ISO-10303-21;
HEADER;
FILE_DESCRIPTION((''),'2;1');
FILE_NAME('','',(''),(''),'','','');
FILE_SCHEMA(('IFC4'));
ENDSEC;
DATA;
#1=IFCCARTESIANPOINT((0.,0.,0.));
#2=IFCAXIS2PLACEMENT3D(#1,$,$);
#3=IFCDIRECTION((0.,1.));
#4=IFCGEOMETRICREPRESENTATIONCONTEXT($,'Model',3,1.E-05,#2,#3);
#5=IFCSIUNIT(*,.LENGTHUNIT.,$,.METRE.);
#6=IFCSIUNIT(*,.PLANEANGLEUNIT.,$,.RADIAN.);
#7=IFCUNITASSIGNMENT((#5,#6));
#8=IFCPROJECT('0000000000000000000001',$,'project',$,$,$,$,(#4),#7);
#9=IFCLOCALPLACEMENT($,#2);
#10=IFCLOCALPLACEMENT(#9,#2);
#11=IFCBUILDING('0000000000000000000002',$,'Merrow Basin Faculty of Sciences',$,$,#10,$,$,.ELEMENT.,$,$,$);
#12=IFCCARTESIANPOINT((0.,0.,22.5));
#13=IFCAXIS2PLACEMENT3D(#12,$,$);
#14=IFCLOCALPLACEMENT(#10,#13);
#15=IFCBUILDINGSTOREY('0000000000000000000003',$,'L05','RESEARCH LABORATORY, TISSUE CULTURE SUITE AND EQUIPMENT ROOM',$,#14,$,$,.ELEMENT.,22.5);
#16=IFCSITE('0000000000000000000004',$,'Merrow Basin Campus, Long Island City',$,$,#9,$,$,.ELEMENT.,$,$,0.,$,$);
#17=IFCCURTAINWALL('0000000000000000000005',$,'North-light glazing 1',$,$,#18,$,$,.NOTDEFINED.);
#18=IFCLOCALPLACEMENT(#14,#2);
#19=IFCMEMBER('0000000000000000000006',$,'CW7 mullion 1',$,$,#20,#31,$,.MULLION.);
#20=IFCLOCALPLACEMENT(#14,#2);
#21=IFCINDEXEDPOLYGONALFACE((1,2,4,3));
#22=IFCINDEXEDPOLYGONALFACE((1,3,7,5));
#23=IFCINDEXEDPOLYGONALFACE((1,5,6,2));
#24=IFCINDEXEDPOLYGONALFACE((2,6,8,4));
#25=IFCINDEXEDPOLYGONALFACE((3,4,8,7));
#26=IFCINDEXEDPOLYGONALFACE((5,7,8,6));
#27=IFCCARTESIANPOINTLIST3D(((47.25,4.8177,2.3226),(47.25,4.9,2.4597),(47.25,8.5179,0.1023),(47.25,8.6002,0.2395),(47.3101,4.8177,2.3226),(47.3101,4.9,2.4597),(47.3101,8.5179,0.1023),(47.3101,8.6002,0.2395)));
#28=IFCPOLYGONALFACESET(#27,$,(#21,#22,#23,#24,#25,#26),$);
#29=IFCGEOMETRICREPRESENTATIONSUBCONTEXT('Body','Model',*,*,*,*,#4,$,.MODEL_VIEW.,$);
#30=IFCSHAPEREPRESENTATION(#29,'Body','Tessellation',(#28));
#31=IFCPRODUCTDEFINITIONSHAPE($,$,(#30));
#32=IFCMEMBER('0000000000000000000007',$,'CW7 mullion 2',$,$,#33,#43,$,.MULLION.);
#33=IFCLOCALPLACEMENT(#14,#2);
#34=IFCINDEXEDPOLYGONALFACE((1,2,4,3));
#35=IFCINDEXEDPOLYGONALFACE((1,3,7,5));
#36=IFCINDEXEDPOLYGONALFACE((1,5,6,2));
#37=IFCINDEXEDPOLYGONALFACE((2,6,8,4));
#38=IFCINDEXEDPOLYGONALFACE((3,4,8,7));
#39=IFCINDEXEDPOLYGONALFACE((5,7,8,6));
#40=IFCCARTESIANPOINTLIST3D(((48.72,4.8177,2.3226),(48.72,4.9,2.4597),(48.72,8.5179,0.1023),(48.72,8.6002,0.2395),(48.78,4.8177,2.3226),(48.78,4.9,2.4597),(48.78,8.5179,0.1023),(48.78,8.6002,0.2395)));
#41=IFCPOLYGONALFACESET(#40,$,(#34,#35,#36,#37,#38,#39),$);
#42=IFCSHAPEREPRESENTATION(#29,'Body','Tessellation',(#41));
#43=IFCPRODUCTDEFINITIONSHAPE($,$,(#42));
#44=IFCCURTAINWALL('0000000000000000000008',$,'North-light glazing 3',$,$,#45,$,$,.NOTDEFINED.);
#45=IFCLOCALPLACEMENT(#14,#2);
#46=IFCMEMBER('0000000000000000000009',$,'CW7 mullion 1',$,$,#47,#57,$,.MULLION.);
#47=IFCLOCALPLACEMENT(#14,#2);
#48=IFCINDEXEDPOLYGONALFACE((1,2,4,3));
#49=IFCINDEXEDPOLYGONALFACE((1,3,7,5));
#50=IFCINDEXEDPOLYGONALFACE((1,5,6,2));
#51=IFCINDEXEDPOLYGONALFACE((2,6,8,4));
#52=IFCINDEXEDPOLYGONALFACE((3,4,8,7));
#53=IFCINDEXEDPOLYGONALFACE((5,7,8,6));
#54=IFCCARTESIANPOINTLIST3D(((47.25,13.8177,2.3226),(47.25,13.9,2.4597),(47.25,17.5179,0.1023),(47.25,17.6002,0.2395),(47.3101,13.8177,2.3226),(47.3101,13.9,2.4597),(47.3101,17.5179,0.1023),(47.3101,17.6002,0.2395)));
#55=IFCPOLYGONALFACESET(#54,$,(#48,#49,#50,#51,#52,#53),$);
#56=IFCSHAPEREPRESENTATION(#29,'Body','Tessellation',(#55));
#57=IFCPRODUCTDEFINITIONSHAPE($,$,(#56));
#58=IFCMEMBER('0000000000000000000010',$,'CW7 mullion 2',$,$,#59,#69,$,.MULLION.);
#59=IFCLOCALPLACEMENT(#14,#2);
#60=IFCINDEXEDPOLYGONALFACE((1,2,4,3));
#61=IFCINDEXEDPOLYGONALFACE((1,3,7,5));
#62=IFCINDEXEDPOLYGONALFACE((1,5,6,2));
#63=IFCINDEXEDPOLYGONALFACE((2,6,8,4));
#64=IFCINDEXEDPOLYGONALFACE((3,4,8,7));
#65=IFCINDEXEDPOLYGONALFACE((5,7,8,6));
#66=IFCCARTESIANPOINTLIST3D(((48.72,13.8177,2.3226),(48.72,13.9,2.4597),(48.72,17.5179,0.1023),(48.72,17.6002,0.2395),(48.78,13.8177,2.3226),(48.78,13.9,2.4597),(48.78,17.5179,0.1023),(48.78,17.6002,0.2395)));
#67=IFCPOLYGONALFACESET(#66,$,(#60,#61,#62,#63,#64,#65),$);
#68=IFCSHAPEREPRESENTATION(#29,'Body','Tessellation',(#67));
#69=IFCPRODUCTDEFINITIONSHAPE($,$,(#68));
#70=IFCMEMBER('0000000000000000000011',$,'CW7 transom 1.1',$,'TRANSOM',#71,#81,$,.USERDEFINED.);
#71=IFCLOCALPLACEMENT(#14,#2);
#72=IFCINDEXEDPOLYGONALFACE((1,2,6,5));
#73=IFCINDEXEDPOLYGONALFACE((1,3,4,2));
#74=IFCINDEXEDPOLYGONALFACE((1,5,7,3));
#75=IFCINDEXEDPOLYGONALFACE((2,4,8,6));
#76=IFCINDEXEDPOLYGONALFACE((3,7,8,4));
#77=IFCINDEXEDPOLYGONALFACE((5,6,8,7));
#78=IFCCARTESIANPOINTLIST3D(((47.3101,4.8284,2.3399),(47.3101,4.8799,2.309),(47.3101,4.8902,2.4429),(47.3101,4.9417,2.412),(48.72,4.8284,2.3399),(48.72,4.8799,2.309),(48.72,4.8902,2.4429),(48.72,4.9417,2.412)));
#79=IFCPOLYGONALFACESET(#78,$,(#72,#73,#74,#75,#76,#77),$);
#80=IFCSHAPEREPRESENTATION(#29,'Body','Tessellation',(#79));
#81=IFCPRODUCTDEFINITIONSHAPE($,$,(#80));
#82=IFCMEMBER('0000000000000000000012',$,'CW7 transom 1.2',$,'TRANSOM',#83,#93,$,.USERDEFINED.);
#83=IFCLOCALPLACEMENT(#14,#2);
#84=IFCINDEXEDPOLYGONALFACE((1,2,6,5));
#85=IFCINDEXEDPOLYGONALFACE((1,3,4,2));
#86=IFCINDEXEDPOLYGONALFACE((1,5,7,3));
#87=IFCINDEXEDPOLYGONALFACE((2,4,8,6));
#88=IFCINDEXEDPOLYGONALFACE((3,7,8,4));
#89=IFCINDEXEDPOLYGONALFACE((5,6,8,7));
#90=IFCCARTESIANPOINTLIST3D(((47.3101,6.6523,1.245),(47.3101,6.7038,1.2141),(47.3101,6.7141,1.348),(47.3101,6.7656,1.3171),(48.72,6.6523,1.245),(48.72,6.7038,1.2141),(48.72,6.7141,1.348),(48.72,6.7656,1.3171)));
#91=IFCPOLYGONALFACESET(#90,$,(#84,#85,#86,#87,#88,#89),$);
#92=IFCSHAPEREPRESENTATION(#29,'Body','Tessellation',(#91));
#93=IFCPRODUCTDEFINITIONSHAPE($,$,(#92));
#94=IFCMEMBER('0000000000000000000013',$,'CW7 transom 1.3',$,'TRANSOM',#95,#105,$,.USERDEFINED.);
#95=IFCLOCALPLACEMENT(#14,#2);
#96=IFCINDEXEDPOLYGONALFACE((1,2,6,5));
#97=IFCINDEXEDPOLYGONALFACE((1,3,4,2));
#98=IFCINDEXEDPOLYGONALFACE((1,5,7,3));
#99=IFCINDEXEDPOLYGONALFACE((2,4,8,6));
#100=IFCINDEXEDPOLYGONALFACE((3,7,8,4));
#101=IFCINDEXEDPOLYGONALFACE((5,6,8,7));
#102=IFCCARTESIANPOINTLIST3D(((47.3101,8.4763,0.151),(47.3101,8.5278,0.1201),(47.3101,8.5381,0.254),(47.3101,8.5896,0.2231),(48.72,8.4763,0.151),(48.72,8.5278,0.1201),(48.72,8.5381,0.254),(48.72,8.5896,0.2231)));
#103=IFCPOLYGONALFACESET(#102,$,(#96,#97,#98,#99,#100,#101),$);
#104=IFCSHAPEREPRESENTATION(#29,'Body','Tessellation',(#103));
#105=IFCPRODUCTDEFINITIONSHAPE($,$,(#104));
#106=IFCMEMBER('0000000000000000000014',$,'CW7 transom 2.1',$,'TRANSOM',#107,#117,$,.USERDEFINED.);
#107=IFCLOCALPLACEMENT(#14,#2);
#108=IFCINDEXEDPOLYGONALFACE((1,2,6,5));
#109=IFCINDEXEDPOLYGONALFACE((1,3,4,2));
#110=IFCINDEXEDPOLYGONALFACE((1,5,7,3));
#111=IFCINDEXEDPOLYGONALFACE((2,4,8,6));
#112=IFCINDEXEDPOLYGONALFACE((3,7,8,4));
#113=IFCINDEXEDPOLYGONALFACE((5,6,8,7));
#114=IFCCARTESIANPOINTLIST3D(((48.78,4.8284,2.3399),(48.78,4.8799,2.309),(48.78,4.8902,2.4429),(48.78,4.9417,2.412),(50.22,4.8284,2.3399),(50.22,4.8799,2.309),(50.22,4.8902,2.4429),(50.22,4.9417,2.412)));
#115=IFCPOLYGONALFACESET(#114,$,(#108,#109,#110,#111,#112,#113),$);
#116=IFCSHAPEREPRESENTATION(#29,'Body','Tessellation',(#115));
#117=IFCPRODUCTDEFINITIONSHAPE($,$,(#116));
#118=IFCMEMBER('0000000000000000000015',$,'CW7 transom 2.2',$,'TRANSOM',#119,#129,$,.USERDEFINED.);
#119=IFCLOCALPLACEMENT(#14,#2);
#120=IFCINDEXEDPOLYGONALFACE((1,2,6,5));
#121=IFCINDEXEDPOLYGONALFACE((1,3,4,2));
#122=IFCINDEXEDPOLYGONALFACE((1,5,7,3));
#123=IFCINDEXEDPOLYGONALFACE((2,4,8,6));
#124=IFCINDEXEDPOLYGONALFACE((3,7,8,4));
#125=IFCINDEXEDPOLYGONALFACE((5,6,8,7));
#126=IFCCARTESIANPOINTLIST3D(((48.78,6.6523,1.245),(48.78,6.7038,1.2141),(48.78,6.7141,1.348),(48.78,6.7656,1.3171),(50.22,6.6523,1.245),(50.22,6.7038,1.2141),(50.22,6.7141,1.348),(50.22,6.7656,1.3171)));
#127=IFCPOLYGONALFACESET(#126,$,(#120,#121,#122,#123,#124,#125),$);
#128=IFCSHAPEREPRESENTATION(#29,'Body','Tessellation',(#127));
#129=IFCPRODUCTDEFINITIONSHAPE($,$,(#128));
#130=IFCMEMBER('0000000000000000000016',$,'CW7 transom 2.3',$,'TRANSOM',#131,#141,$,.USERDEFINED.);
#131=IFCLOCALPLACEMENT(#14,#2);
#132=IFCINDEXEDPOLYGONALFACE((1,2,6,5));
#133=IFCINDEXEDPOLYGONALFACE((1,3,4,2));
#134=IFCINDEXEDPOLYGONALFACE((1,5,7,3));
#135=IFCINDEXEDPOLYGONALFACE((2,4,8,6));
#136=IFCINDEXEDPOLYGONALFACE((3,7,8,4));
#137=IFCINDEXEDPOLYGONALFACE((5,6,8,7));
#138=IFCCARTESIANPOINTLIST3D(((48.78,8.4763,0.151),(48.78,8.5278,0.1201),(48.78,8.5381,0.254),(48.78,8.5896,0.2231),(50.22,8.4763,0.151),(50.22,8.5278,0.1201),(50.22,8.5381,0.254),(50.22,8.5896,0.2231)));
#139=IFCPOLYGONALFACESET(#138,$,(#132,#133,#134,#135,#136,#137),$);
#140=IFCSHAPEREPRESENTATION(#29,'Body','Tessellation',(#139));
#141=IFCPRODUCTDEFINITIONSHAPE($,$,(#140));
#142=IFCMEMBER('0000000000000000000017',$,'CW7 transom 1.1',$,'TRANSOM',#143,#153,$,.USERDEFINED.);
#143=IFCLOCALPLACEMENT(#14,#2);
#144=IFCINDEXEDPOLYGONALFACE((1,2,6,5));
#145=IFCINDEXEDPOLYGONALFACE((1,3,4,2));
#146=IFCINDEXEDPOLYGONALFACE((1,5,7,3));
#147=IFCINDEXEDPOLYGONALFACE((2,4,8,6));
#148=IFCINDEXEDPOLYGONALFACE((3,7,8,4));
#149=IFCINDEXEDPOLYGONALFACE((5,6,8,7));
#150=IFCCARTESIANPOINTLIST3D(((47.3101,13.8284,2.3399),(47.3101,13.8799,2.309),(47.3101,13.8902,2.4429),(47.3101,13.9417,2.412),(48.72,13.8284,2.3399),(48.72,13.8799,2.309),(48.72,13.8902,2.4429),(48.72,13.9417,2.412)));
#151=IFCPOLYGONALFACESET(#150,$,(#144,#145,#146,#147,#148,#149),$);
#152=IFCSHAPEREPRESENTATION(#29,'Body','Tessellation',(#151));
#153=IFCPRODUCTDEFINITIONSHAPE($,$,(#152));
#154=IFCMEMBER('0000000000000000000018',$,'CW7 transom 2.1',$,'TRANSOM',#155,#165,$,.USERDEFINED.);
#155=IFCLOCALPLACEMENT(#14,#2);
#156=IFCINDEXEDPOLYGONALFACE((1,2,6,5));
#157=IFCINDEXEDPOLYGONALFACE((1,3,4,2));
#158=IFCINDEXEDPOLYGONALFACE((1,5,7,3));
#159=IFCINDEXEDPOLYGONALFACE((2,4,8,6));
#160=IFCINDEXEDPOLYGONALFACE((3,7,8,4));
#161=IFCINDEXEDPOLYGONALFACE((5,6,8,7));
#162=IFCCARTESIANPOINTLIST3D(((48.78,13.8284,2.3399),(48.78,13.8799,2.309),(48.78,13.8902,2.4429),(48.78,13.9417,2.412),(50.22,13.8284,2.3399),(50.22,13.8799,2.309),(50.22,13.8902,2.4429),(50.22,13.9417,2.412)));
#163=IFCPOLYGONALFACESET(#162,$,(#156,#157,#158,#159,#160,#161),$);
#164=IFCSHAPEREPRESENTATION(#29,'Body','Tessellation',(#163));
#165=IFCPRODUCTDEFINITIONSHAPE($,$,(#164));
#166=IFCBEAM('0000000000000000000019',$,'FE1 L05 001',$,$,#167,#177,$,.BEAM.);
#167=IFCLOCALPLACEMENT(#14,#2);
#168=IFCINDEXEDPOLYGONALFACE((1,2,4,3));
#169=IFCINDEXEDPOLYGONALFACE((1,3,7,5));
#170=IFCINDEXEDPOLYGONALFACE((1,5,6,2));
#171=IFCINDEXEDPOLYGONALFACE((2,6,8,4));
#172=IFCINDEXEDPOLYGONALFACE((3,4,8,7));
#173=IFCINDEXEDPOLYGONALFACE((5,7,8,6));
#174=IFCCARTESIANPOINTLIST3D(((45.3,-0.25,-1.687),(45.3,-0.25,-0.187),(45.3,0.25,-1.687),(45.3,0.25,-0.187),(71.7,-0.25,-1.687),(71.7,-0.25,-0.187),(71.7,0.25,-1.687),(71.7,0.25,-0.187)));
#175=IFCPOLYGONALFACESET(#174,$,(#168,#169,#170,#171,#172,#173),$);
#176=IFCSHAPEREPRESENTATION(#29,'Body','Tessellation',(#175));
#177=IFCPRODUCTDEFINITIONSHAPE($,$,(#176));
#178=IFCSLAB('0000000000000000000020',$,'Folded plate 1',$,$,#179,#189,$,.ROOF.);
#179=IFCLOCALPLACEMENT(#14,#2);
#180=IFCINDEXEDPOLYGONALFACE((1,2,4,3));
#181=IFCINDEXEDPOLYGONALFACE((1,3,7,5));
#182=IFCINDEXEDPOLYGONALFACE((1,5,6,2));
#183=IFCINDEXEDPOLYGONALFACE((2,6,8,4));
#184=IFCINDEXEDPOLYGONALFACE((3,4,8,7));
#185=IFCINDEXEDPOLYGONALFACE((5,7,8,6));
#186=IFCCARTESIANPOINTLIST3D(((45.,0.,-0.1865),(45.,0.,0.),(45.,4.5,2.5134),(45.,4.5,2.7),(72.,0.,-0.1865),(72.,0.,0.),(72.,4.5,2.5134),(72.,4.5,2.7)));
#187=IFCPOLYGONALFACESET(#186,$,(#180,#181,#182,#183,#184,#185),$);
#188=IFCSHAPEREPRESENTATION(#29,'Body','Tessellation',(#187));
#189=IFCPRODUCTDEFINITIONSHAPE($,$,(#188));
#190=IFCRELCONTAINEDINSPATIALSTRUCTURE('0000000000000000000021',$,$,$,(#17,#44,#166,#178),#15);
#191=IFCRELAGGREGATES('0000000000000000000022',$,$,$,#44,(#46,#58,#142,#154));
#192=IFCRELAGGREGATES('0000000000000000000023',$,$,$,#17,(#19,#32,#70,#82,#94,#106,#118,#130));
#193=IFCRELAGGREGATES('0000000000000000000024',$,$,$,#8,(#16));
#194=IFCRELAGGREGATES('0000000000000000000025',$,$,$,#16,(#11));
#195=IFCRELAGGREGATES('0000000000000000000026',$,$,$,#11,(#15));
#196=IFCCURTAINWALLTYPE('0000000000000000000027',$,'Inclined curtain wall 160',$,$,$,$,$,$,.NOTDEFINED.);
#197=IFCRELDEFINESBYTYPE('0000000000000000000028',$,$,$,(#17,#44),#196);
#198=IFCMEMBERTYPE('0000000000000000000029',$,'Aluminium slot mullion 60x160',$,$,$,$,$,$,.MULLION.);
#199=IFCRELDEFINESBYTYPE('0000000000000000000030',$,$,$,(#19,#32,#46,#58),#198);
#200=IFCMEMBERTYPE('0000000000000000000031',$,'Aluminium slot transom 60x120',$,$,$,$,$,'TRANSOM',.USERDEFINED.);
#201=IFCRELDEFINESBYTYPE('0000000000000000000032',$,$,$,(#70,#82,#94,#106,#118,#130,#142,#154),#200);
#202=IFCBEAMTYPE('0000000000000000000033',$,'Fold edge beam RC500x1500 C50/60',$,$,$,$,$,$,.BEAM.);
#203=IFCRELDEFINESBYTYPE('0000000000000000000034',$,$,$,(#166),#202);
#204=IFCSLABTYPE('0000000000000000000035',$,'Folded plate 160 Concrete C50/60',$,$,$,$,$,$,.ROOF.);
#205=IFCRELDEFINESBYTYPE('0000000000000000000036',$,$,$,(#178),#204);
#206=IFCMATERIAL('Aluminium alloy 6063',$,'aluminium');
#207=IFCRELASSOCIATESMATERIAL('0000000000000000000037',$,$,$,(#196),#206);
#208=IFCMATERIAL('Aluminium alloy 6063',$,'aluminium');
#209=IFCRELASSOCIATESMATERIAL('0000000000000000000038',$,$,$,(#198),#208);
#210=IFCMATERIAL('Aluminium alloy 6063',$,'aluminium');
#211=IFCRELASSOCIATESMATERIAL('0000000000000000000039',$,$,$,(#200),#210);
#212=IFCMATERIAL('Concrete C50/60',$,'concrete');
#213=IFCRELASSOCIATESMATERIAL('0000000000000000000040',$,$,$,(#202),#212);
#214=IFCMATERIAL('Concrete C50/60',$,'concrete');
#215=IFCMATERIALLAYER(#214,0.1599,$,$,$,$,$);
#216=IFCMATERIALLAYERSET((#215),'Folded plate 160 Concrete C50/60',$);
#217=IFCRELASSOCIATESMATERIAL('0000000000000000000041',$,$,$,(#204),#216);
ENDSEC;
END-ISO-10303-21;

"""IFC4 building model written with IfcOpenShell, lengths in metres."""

from ifc_helpers import new_model, si_unit, direction, frame, origin, origin_2d, place, context, subcontext, project, spatial, polyline, rectangle, outline, extrude, material, layer, layer_set, material_profile, profile_set, type_object, element, aggregate, save


model = new_model("IFC4")

# Units and contexts
model_context = context("Model", 3, precision=1e-05, world=origin(), true_north=direction((0.0, 1.0)))
body_context = subcontext(model_context, "Body", "Model", "MODEL_VIEW")
ifc_project = project(units=[si_unit("LENGTHUNIT", "METRE"), si_unit("PLANEANGLEUNIT", "RADIAN")], contexts=[model_context])

# Site, building, storey
site_placement = place(None, origin())
site = spatial("IfcSite", under=ifc_project, at=site_placement, Name="Merrow Basin Campus, Long Island City", CompositionType="ELEMENT", RefElevation=0.0)
building_placement = place(site_placement, origin())
building = spatial("IfcBuilding", under=site, at=building_placement, Name="Merrow Basin Faculty of Sciences", CompositionType="ELEMENT")
storey_placement = place(building_placement, frame((0.0, 0.0, 22.5)))
storey = spatial("IfcBuildingStorey", under=building, at=storey_placement, Name="L05", Description="RESEARCH LABORATORY, TISSUE CULTURE SUITE AND EQUIPMENT ROOM", CompositionType="ELEMENT", Elevation=22.5)

# Curtain walls, members
ifc_material_1 = material(Name="Aluminium alloy 6063", Category="aluminium")
curtain_wall_type = type_object("IfcCurtainWallType", Name="Inclined curtain wall 160", PredefinedType="NOTDEFINED", material=ifc_material_1)
curtain_wall_1_placement = place(storey_placement, origin())
curtain_wall_1 = element("IfcCurtainWall", 1, at=curtain_wall_1_placement, inside=storey, type_object=curtain_wall_type, Name="North-light glazing 1", PredefinedType="NOTDEFINED")
ifc_material_2 = material(Name="Aluminium alloy 6063", Category="aluminium")
ifc_material_profile_1 = material_profile(ifc_material_2, rectangle(XDim=0.0601, YDim=0.1599, at=origin_2d()))
ifc_profile_set_1 = profile_set([ifc_material_profile_1], Name="Aluminium alloy 6063")
member_type_1 = type_object("IfcMemberType", Name="Aluminium slot mullion 60x160", PredefinedType="MULLION", material=ifc_profile_set_1)
member_1_placement = place(storey_placement, frame((47.28, 4.8589, 2.3911), z_axis=(0.0, 0.857483, -0.514512), x_axis=(-1.0, 0.0, 0.0)))
member_1 = element("IfcMember", 2, at=member_1_placement, type_object=member_type_1, Name="CW7 mullion 1", PredefinedType="MULLION", context=body_context, shape_type="SweptSolid", body=[
    extrude(rectangle(XDim=0.0601, YDim=0.1599, at=origin_2d()), origin(), (0.0, 0.0, 1.0), 4.3152),
])
member_2_placement = place(storey_placement, frame((48.75, 4.8589, 2.3911), z_axis=(0.0, 0.857483, -0.514512), x_axis=(-1.0, 0.0, 0.0)))
member_2 = element("IfcMember", 3, at=member_2_placement, type_object=member_type_1, Name="CW7 mullion 2", PredefinedType="MULLION", context=body_context, shape_type="SweptSolid", body=[
    extrude(rectangle(XDim=0.0601, YDim=0.1599, at=origin_2d()), origin(), (0.0, 0.0, 1.0), 4.3152),
])
curtain_wall_2_placement = place(storey_placement, origin())
curtain_wall_2 = element("IfcCurtainWall", 4, at=curtain_wall_2_placement, inside=storey, type_object=curtain_wall_type, Name="North-light glazing 3", PredefinedType="NOTDEFINED")
member_3_placement = place(storey_placement, frame((47.28, 13.8589, 2.3911), z_axis=(0.0, 0.857483, -0.514512), x_axis=(-1.0, 0.0, 0.0)))
member_3 = element("IfcMember", 5, at=member_3_placement, type_object=member_type_1, Name="CW7 mullion 1", PredefinedType="MULLION", context=body_context, shape_type="SweptSolid", body=[
    extrude(rectangle(XDim=0.0601, YDim=0.1599, at=origin_2d()), origin(), (0.0, 0.0, 1.0), 4.3152),
])
member_4_placement = place(storey_placement, frame((48.75, 13.8589, 2.3911), z_axis=(0.0, 0.857483, -0.514512), x_axis=(-1.0, 0.0, 0.0)))
member_4 = element("IfcMember", 6, at=member_4_placement, type_object=member_type_1, Name="CW7 mullion 2", PredefinedType="MULLION", context=body_context, shape_type="SweptSolid", body=[
    extrude(rectangle(XDim=0.0601, YDim=0.1599, at=origin_2d()), origin(), (0.0, 0.0, 1.0), 4.3152),
])

# Members
ifc_material_3 = material(Name="Aluminium alloy 6063", Category="aluminium")
ifc_material_profile_2 = material_profile(ifc_material_3, rectangle(XDim=0.0601, YDim=0.1201, at=origin_2d()))
ifc_profile_set_2 = profile_set([ifc_material_profile_2], Name="Aluminium alloy 6063")
member_type_2 = type_object("IfcMemberType", Name="Aluminium slot transom 60x120", ElementType="TRANSOM", PredefinedType="USERDEFINED", material=ifc_profile_set_2)
member_5_placement = place(storey_placement, frame((47.3101, 4.885, 2.376), z_axis=(1.0, 0.0, 0.0), x_axis=(0.0, 0.857493, -0.514496)))
member_5 = element("IfcMember", 7, at=member_5_placement, type_object=member_type_2, Name="CW7 transom 1.1", ObjectType="TRANSOM", PredefinedType="USERDEFINED", context=body_context, shape_type="SweptSolid", body=[
    extrude(rectangle(XDim=0.0601, YDim=0.1201, at=origin_2d()), origin(), (0.0, 0.0, 1.0), 1.4099),
])
member_6_placement = place(storey_placement, frame((47.3101, 6.709, 1.281), z_axis=(1.0, 0.0, 0.0), x_axis=(0.0, 0.857493, -0.514496)))
member_6 = element("IfcMember", 8, at=member_6_placement, type_object=member_type_2, Name="CW7 transom 1.2", ObjectType="TRANSOM", PredefinedType="USERDEFINED", context=body_context, shape_type="SweptSolid", body=[
    extrude(rectangle(XDim=0.0601, YDim=0.1201, at=origin_2d()), origin(), (0.0, 0.0, 1.0), 1.4099),
])
member_7_placement = place(storey_placement, frame((47.3101, 8.533, 0.187), z_axis=(1.0, 0.0, 0.0), x_axis=(0.0, 0.857493, -0.514496)))
member_7 = element("IfcMember", 9, at=member_7_placement, type_object=member_type_2, Name="CW7 transom 1.3", ObjectType="TRANSOM", PredefinedType="USERDEFINED", context=body_context, shape_type="SweptSolid", body=[
    extrude(rectangle(XDim=0.0601, YDim=0.1201, at=origin_2d()), origin(), (0.0, 0.0, 1.0), 1.4099),
])
member_8_placement = place(storey_placement, frame((48.78, 4.885, 2.376), z_axis=(1.0, 0.0, 0.0), x_axis=(0.0, 0.857493, -0.514496)))
member_8 = element("IfcMember", 10, at=member_8_placement, type_object=member_type_2, Name="CW7 transom 2.1", ObjectType="TRANSOM", PredefinedType="USERDEFINED", context=body_context, shape_type="SweptSolid", body=[
    extrude(rectangle(XDim=0.0601, YDim=0.1201, at=origin_2d()), origin(), (0.0, 0.0, 1.0), 1.4399),
])
member_9_placement = place(storey_placement, frame((48.78, 6.709, 1.281), z_axis=(1.0, 0.0, 0.0), x_axis=(0.0, 0.857493, -0.514496)))
member_9 = element("IfcMember", 11, at=member_9_placement, type_object=member_type_2, Name="CW7 transom 2.2", ObjectType="TRANSOM", PredefinedType="USERDEFINED", context=body_context, shape_type="SweptSolid", body=[
    extrude(rectangle(XDim=0.0601, YDim=0.1201, at=origin_2d()), origin(), (0.0, 0.0, 1.0), 1.4399),
])
member_10_placement = place(storey_placement, frame((48.78, 8.533, 0.187), z_axis=(1.0, 0.0, 0.0), x_axis=(0.0, 0.857493, -0.514496)))
member_10 = element("IfcMember", 12, at=member_10_placement, type_object=member_type_2, Name="CW7 transom 2.3", ObjectType="TRANSOM", PredefinedType="USERDEFINED", context=body_context, shape_type="SweptSolid", body=[
    extrude(rectangle(XDim=0.0601, YDim=0.1201, at=origin_2d()), origin(), (0.0, 0.0, 1.0), 1.4399),
])
member_11_placement = place(storey_placement, frame((47.3101, 13.885, 2.376), z_axis=(1.0, 0.0, 0.0), x_axis=(0.0, 0.857493, -0.514496)))
member_11 = element("IfcMember", 13, at=member_11_placement, type_object=member_type_2, Name="CW7 transom 1.1", ObjectType="TRANSOM", PredefinedType="USERDEFINED", context=body_context, shape_type="SweptSolid", body=[
    extrude(rectangle(XDim=0.0601, YDim=0.1201, at=origin_2d()), origin(), (0.0, 0.0, 1.0), 1.4099),
])
member_12_placement = place(storey_placement, frame((48.78, 13.885, 2.376), z_axis=(1.0, 0.0, 0.0), x_axis=(0.0, 0.857493, -0.514496)))
member_12 = element("IfcMember", 14, at=member_12_placement, type_object=member_type_2, Name="CW7 transom 2.1", ObjectType="TRANSOM", PredefinedType="USERDEFINED", context=body_context, shape_type="SweptSolid", body=[
    extrude(rectangle(XDim=0.0601, YDim=0.1201, at=origin_2d()), origin(), (0.0, 0.0, 1.0), 1.4399),
])
aggregate(curtain_wall_2, [member_3, member_4, member_11, member_12])

# Beam
ifc_material_4 = material(Name="Concrete C50/60", Category="concrete")
ifc_material_profile_3 = material_profile(ifc_material_4, rectangle(XDim=0.5, YDim=1.5, at=origin_2d()))
ifc_profile_set_3 = profile_set([ifc_material_profile_3], Name="Concrete C50/60")
beam_type = type_object("IfcBeamType", Name="Fold edge beam RC500x1500 C50/60", PredefinedType="BEAM", material=ifc_profile_set_3)
beam_placement = place(storey_placement, frame((45.3, 0.0, -0.937), z_axis=(1.0, 0.0, 0.0), x_axis=(0.0, 1.0, 0.0)))
element("IfcBeam", 15, at=beam_placement, inside=storey, type_object=beam_type, Name="FE1 L05 001", PredefinedType="BEAM", context=body_context, shape_type="SweptSolid", body=[
    extrude(rectangle(XDim=0.5, YDim=1.5, at=origin_2d()), origin(), (0.0, 0.0, 1.0), 26.3999),
])

# Slab
ifc_material_5 = material(Name="Concrete C50/60", Category="concrete")
ifc_layer_1 = layer(ifc_material_5, 0.1599)
ifc_layer_set_1 = layer_set([ifc_layer_1], Name="Folded plate 160 Concrete C50/60")
slab_type = type_object("IfcSlabType", Name="Folded plate 160 Concrete C50/60", PredefinedType="ROOF", material=ifc_layer_set_1)
slab_1_placement = place(storey_placement, frame((45.0, 0.0, 0.0), z_axis=(0.0, -0.514489, 0.857497), x_axis=(1.0, 0.0, 0.0)))
element("IfcSlab", 16, at=slab_1_placement, inside=storey, type_object=slab_type, Name="Folded plate 1", PredefinedType="ROOF", context=body_context, shape_type="SweptSolid", body=[
    extrude(outline(polyline([(0.0, 0.0), (27.0, 0.0), (27.0, 5.2478), (0.0, 5.2478), (0.0, 0.0)])), origin(), (0.0, -0.514489, -0.857497), 0.1865),
])

aggregate(curtain_wall_1, [member_1, member_2, member_5, member_6, member_7, member_8, member_9, member_10])

save(model, "model.ifc")
